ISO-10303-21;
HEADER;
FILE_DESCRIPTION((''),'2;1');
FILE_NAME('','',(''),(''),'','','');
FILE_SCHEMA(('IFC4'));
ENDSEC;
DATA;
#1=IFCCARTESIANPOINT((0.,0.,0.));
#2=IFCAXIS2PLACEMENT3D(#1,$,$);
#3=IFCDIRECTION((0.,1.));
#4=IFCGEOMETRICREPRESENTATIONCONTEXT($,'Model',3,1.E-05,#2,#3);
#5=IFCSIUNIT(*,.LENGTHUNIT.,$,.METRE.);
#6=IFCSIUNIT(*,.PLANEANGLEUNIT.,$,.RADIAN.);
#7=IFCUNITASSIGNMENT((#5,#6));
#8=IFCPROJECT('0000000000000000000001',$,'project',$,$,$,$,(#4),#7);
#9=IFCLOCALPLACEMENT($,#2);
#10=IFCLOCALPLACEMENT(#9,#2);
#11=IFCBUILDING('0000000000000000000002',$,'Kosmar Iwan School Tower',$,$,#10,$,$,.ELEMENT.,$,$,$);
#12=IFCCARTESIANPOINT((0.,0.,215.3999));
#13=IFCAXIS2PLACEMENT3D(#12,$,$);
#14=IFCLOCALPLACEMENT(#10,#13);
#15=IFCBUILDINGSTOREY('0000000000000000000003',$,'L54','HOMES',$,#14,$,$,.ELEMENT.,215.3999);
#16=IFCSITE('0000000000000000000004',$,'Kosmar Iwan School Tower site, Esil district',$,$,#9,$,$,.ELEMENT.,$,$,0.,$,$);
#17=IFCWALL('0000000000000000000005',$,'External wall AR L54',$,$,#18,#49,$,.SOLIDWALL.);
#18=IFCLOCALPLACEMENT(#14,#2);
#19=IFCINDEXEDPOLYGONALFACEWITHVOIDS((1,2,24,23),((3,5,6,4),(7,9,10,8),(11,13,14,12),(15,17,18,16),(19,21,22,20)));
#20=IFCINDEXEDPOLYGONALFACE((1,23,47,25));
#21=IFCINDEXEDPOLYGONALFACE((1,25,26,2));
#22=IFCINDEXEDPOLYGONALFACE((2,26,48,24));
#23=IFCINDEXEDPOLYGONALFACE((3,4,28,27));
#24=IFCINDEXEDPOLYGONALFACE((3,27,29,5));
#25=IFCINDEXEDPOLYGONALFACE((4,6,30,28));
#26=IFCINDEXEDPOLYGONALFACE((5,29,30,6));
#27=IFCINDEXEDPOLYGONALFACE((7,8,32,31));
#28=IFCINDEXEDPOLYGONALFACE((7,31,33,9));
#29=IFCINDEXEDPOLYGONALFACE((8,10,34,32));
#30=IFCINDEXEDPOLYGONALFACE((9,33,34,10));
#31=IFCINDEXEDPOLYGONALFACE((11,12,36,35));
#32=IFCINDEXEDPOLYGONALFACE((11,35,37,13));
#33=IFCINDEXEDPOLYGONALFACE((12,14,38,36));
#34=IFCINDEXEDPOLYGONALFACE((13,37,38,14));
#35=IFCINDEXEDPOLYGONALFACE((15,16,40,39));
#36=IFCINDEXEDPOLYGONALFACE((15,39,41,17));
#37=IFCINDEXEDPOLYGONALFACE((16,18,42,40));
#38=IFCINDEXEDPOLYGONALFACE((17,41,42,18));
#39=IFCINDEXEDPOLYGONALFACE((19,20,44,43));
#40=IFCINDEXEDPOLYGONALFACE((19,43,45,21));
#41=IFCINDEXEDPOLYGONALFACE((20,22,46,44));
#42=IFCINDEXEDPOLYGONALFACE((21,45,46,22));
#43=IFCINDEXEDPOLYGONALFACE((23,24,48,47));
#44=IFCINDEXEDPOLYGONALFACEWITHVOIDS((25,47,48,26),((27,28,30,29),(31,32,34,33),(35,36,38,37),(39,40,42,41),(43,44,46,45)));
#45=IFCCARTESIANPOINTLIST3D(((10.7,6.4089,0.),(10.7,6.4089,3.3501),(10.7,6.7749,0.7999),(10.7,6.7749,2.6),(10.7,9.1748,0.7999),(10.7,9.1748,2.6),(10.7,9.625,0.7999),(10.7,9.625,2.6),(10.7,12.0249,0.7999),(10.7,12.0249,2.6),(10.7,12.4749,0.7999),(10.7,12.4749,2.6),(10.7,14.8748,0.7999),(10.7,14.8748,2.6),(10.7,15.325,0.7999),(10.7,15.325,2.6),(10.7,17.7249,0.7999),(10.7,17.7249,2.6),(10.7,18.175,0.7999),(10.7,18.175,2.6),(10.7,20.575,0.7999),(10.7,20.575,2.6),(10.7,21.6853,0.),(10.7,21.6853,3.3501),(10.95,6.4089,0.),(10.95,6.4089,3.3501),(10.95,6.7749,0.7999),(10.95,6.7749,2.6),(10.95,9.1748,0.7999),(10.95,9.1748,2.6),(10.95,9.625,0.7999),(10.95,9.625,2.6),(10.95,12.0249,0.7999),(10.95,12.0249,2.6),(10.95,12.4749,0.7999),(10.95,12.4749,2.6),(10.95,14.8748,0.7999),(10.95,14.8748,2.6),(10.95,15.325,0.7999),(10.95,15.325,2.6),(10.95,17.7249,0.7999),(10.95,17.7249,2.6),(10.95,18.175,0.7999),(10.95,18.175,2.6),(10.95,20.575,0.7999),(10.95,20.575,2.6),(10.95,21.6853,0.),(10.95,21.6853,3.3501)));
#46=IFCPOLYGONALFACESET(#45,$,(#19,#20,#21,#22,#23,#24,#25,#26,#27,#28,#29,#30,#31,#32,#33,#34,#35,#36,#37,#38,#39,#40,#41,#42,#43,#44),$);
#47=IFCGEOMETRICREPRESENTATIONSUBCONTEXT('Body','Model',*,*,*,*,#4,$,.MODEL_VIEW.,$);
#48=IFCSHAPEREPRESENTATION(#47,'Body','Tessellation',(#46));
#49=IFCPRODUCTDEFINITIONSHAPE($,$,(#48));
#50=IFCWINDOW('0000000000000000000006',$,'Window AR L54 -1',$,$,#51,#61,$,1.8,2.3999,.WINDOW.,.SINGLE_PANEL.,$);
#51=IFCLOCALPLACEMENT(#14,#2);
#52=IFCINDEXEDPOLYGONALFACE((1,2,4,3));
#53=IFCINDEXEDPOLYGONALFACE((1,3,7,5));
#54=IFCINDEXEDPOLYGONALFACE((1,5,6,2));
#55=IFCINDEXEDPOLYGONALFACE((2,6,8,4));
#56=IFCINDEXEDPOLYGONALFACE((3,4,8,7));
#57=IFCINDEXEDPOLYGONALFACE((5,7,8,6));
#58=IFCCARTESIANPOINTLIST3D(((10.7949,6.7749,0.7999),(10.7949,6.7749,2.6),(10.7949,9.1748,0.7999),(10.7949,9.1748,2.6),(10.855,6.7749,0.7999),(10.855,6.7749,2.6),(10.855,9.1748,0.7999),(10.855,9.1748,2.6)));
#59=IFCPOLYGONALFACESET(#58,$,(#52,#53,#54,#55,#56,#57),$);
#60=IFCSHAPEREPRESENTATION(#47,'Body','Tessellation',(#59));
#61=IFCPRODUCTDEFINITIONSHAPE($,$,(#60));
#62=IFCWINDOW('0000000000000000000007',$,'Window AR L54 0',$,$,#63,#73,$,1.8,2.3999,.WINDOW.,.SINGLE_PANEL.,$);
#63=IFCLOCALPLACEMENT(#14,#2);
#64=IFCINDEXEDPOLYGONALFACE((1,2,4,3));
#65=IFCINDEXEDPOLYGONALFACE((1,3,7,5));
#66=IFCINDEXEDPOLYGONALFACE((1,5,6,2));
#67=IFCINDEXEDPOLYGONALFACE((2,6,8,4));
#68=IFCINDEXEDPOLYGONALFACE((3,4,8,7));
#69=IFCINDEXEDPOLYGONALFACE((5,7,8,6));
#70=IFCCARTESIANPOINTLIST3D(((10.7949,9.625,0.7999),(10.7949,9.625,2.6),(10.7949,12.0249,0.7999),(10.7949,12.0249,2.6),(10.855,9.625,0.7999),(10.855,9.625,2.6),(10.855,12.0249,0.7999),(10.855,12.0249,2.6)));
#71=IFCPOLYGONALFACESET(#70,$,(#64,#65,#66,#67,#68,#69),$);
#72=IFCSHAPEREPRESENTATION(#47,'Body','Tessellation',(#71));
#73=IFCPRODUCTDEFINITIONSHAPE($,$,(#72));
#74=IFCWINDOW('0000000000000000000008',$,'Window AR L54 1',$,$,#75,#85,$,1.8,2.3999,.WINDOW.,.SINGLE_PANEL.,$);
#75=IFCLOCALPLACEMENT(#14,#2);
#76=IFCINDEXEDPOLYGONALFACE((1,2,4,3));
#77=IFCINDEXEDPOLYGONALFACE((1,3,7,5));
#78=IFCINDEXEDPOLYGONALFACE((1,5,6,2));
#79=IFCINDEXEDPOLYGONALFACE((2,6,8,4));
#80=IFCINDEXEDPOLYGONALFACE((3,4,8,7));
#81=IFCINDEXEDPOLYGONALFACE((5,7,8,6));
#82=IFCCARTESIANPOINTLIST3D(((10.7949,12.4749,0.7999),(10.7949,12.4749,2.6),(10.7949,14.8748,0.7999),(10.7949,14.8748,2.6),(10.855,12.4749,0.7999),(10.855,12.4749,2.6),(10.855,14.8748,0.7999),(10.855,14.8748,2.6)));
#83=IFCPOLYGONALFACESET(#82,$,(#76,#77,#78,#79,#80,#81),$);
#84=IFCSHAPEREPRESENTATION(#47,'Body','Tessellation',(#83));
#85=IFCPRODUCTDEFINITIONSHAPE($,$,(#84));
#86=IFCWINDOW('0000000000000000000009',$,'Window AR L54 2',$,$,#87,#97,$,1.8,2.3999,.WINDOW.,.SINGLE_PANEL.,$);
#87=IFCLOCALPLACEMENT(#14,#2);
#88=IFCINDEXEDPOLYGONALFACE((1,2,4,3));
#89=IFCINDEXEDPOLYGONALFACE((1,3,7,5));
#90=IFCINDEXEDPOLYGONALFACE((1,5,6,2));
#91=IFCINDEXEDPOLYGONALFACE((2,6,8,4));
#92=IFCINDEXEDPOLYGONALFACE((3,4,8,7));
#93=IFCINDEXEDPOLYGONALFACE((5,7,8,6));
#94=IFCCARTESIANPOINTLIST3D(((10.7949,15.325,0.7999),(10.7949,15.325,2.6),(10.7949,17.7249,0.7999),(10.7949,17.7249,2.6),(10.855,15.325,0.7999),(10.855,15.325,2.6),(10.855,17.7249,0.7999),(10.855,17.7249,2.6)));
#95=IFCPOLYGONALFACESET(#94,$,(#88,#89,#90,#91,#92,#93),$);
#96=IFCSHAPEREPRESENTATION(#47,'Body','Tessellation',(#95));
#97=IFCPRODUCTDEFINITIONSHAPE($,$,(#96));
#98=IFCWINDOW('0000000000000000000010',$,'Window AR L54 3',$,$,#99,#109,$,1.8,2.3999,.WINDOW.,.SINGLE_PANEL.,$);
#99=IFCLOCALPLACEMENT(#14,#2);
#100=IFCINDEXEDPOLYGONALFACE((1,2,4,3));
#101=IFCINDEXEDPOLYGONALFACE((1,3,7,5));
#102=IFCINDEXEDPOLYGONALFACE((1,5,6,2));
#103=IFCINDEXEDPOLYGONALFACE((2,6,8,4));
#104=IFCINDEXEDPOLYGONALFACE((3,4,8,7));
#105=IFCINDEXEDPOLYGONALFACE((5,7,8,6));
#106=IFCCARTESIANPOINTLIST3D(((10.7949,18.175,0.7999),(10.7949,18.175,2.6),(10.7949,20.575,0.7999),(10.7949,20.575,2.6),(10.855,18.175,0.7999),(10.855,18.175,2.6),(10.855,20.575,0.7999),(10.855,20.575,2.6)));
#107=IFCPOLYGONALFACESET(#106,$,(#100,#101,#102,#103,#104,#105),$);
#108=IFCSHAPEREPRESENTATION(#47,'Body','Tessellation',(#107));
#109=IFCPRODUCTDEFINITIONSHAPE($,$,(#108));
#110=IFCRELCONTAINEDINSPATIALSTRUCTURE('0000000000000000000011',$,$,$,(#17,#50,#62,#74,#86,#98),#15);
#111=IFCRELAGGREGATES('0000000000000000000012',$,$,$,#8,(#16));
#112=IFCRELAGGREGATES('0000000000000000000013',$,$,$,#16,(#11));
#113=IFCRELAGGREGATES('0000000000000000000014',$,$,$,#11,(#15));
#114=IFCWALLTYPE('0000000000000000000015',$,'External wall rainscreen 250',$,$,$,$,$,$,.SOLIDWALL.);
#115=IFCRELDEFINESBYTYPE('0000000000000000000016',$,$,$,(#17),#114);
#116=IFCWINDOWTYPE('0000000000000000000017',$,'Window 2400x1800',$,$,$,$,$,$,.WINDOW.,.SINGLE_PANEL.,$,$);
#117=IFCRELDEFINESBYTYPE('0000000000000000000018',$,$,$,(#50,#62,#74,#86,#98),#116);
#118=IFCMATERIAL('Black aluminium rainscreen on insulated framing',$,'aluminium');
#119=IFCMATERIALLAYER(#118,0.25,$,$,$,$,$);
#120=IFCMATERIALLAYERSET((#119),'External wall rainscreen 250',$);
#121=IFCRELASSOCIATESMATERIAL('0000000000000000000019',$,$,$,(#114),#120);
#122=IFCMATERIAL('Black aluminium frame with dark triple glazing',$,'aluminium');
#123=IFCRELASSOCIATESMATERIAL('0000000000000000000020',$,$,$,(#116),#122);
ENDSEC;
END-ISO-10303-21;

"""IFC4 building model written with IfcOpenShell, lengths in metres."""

from ifc_helpers import new_model, si_unit, direction, frame, frame_2d, origin, place, context, subcontext, project, spatial, rectangle, extrude, material, layer, layer_set, type_object, element, fill, save


model = new_model("IFC4")

# Units and contexts
model_context = context("Model", 3, precision=1e-05, world=origin(), true_north=direction((0.0, 1.0)))
body_context = subcontext(model_context, "Body", "Model", "MODEL_VIEW")
ifc_project = project(units=[si_unit("LENGTHUNIT", "METRE"), si_unit("PLANEANGLEUNIT", "RADIAN")], contexts=[model_context])

# Site, building, storey
site_placement = place(None, origin())
site = spatial("IfcSite", under=ifc_project, at=site_placement, Name="Kosmar Iwan School Tower site, Esil district", CompositionType="ELEMENT", RefElevation=0.0)
building_placement = place(site_placement, origin())
building = spatial("IfcBuilding", under=site, at=building_placement, Name="Kosmar Iwan School Tower", CompositionType="ELEMENT")
storey_placement = place(building_placement, frame((0.0, 0.0, 215.3999)))
storey = spatial("IfcBuildingStorey", under=building, at=storey_placement, Name="L54", Description="HOMES", CompositionType="ELEMENT", Elevation=215.3999)

# Wall, openings, windows
ifc_material_1 = material(Name="Black aluminium rainscreen on insulated framing", Category="aluminium")
ifc_layer_1 = layer(ifc_material_1, 0.25)
ifc_layer_set_1 = layer_set([ifc_layer_1], Name="External wall rainscreen 250")
wall_type_1 = type_object("IfcWallType", Name="External wall rainscreen 250", PredefinedType="SOLIDWALL", material=ifc_layer_set_1)
ifc_material_2 = material(Name="Black aluminium frame with dark triple glazing", Category="aluminium")
window_type = type_object("IfcWindowType", Name="Window 2400x1800", PartitioningType="SINGLE_PANEL", PredefinedType="WINDOW", material=ifc_material_2)
wall_1_placement = place(storey_placement, frame((10.825, 6.4089, 0.0), z_axis=(0.0, 0.0, 1.0), x_axis=(0.0, 1.0, 0.0)))
wall_1 = element("IfcWall", 1, at=wall_1_placement, inside=storey, type_object=wall_type_1, Name="External wall AR L54", PredefinedType="SOLIDWALL", context=body_context, shape_type="SweptSolid", body=[
    extrude(rectangle(XDim=15.2764, YDim=0.25, at=frame_2d((7.6382, 0.0))), origin(), (0.0, 0.0, 1.0), 3.3501),
])
opening_1_placement = place(wall_1_placement, frame((0.366, 0.0, 0.8)))
opening_1 = element("IfcOpeningElement", 2, at=opening_1_placement, cuts=wall_1, PredefinedType="OPENING", context=body_context, shape_type="SweptSolid", body=[
    extrude(rectangle(XDim=2.3999, YDim=1.8, at=frame_2d((1.2, 0.8999))), frame((0.0, 0.137, 0.0), z_axis=(0.0, -1.0, 0.0), x_axis=(1.0, 0.0, 0.0)), (0.0, 0.0, 1.0), 0.2739),
])
opening_2_placement = place(wall_1_placement, frame((3.2161, 0.0, 0.8)))
opening_2 = element("IfcOpeningElement", 3, at=opening_2_placement, cuts=wall_1, PredefinedType="OPENING", context=body_context, shape_type="SweptSolid", body=[
    extrude(rectangle(XDim=2.3999, YDim=1.8, at=frame_2d((1.2, 0.8999))), frame((0.0, 0.137, 0.0), z_axis=(0.0, -1.0, 0.0), x_axis=(1.0, 0.0, 0.0)), (0.0, 0.0, 1.0), 0.2739),
])
opening_3_placement = place(wall_1_placement, frame((6.0659, 0.0, 0.8)))
opening_3 = element("IfcOpeningElement", 4, at=opening_3_placement, cuts=wall_1, PredefinedType="OPENING", context=body_context, shape_type="SweptSolid", body=[
    extrude(rectangle(XDim=2.3999, YDim=1.8, at=frame_2d((1.2, 0.8999))), frame((0.0, 0.137, 0.0), z_axis=(0.0, -1.0, 0.0), x_axis=(1.0, 0.0, 0.0)), (0.0, 0.0, 1.0), 0.2739),
])
opening_4_placement = place(wall_1_placement, frame((8.916, 0.0, 0.8)))
opening_4 = element("IfcOpeningElement", 5, at=opening_4_placement, cuts=wall_1, PredefinedType="OPENING", context=body_context, shape_type="SweptSolid", body=[
    extrude(rectangle(XDim=2.3999, YDim=1.8, at=frame_2d((1.2, 0.8999))), frame((0.0, 0.137, 0.0), z_axis=(0.0, -1.0, 0.0), x_axis=(1.0, 0.0, 0.0)), (0.0, 0.0, 1.0), 0.2739),
])
opening_5_placement = place(wall_1_placement, frame((11.7661, 0.0, 0.8)))
opening_5 = element("IfcOpeningElement", 6, at=opening_5_placement, cuts=wall_1, PredefinedType="OPENING", context=body_context, shape_type="SweptSolid", body=[
    extrude(rectangle(XDim=2.3999, YDim=1.8, at=frame_2d((1.2, 0.8999))), frame((0.0, 0.137, 0.0), z_axis=(0.0, -1.0, 0.0), x_axis=(1.0, 0.0, 0.0)), (0.0, 0.0, 1.0), 0.2739),
])
window_1_placement = place(opening_1_placement, origin())
window_1 = element("IfcWindow", 7, at=window_1_placement, inside=storey, type_object=window_type, Name="Window AR L54 -1", OverallHeight=1.8, OverallWidth=2.3999, PartitioningType="SINGLE_PANEL", PredefinedType="WINDOW", context=body_context, shape_type="SweptSolid", body=[
    extrude(rectangle(XDim=2.3999, YDim=1.8, at=frame_2d((1.2, 0.8999))), frame((0.0, 0.03, 0.0), z_axis=(0.0, -1.0, 0.0), x_axis=(1.0, 0.0, 0.0)), (0.0, 0.0, 1.0), 0.0601),
])
fill(opening_1, window_1)
window_2_placement = place(opening_2_placement, origin())
window_2 = element("IfcWindow", 8, at=window_2_placement, inside=storey, type_object=window_type, Name="Window AR L54 0", OverallHeight=1.8, OverallWidth=2.3999, PartitioningType="SINGLE_PANEL", PredefinedType="WINDOW", context=body_context, shape_type="SweptSolid", body=[
    extrude(rectangle(XDim=2.3999, YDim=1.8, at=frame_2d((1.2, 0.8999))), frame((0.0, 0.03, 0.0), z_axis=(0.0, -1.0, 0.0), x_axis=(1.0, 0.0, 0.0)), (0.0, 0.0, 1.0), 0.0601),
])
fill(opening_2, window_2)
window_3_placement = place(opening_3_placement, origin())
window_3 = element("IfcWindow", 9, at=window_3_placement, inside=storey, type_object=window_type, Name="Window AR L54 1", OverallHeight=1.8, OverallWidth=2.3999, PartitioningType="SINGLE_PANEL", PredefinedType="WINDOW", context=body_context, shape_type="SweptSolid", body=[
    extrude(rectangle(XDim=2.3999, YDim=1.8, at=frame_2d((1.2, 0.8999))), frame((0.0, 0.03, 0.0), z_axis=(0.0, -1.0, 0.0), x_axis=(1.0, 0.0, 0.0)), (0.0, 0.0, 1.0), 0.0601),
])
fill(opening_3, window_3)
window_4_placement = place(opening_4_placement, origin())
window_4 = element("IfcWindow", 10, at=window_4_placement, inside=storey, type_object=window_type, Name="Window AR L54 2", OverallHeight=1.8, OverallWidth=2.3999, PartitioningType="SINGLE_PANEL", PredefinedType="WINDOW", context=body_context, shape_type="SweptSolid", body=[
    extrude(rectangle(XDim=2.3999, YDim=1.8, at=frame_2d((1.2, 0.8999))), frame((0.0, 0.03, 0.0), z_axis=(0.0, -1.0, 0.0), x_axis=(1.0, 0.0, 0.0)), (0.0, 0.0, 1.0), 0.0601),
])
fill(opening_4, window_4)
window_5_placement = place(opening_5_placement, origin())
window_5 = element("IfcWindow", 11, at=window_5_placement, inside=storey, type_object=window_type, Name="Window AR L54 3", OverallHeight=1.8, OverallWidth=2.3999, PartitioningType="SINGLE_PANEL", PredefinedType="WINDOW", context=body_context, shape_type="SweptSolid", body=[
    extrude(rectangle(XDim=2.3999, YDim=1.8, at=frame_2d((1.2, 0.8999))), frame((0.0, 0.03, 0.0), z_axis=(0.0, -1.0, 0.0), x_axis=(1.0, 0.0, 0.0)), (0.0, 0.0, 1.0), 0.0601),
])
fill(opening_5, window_5)

save(model, "model.ifc")
